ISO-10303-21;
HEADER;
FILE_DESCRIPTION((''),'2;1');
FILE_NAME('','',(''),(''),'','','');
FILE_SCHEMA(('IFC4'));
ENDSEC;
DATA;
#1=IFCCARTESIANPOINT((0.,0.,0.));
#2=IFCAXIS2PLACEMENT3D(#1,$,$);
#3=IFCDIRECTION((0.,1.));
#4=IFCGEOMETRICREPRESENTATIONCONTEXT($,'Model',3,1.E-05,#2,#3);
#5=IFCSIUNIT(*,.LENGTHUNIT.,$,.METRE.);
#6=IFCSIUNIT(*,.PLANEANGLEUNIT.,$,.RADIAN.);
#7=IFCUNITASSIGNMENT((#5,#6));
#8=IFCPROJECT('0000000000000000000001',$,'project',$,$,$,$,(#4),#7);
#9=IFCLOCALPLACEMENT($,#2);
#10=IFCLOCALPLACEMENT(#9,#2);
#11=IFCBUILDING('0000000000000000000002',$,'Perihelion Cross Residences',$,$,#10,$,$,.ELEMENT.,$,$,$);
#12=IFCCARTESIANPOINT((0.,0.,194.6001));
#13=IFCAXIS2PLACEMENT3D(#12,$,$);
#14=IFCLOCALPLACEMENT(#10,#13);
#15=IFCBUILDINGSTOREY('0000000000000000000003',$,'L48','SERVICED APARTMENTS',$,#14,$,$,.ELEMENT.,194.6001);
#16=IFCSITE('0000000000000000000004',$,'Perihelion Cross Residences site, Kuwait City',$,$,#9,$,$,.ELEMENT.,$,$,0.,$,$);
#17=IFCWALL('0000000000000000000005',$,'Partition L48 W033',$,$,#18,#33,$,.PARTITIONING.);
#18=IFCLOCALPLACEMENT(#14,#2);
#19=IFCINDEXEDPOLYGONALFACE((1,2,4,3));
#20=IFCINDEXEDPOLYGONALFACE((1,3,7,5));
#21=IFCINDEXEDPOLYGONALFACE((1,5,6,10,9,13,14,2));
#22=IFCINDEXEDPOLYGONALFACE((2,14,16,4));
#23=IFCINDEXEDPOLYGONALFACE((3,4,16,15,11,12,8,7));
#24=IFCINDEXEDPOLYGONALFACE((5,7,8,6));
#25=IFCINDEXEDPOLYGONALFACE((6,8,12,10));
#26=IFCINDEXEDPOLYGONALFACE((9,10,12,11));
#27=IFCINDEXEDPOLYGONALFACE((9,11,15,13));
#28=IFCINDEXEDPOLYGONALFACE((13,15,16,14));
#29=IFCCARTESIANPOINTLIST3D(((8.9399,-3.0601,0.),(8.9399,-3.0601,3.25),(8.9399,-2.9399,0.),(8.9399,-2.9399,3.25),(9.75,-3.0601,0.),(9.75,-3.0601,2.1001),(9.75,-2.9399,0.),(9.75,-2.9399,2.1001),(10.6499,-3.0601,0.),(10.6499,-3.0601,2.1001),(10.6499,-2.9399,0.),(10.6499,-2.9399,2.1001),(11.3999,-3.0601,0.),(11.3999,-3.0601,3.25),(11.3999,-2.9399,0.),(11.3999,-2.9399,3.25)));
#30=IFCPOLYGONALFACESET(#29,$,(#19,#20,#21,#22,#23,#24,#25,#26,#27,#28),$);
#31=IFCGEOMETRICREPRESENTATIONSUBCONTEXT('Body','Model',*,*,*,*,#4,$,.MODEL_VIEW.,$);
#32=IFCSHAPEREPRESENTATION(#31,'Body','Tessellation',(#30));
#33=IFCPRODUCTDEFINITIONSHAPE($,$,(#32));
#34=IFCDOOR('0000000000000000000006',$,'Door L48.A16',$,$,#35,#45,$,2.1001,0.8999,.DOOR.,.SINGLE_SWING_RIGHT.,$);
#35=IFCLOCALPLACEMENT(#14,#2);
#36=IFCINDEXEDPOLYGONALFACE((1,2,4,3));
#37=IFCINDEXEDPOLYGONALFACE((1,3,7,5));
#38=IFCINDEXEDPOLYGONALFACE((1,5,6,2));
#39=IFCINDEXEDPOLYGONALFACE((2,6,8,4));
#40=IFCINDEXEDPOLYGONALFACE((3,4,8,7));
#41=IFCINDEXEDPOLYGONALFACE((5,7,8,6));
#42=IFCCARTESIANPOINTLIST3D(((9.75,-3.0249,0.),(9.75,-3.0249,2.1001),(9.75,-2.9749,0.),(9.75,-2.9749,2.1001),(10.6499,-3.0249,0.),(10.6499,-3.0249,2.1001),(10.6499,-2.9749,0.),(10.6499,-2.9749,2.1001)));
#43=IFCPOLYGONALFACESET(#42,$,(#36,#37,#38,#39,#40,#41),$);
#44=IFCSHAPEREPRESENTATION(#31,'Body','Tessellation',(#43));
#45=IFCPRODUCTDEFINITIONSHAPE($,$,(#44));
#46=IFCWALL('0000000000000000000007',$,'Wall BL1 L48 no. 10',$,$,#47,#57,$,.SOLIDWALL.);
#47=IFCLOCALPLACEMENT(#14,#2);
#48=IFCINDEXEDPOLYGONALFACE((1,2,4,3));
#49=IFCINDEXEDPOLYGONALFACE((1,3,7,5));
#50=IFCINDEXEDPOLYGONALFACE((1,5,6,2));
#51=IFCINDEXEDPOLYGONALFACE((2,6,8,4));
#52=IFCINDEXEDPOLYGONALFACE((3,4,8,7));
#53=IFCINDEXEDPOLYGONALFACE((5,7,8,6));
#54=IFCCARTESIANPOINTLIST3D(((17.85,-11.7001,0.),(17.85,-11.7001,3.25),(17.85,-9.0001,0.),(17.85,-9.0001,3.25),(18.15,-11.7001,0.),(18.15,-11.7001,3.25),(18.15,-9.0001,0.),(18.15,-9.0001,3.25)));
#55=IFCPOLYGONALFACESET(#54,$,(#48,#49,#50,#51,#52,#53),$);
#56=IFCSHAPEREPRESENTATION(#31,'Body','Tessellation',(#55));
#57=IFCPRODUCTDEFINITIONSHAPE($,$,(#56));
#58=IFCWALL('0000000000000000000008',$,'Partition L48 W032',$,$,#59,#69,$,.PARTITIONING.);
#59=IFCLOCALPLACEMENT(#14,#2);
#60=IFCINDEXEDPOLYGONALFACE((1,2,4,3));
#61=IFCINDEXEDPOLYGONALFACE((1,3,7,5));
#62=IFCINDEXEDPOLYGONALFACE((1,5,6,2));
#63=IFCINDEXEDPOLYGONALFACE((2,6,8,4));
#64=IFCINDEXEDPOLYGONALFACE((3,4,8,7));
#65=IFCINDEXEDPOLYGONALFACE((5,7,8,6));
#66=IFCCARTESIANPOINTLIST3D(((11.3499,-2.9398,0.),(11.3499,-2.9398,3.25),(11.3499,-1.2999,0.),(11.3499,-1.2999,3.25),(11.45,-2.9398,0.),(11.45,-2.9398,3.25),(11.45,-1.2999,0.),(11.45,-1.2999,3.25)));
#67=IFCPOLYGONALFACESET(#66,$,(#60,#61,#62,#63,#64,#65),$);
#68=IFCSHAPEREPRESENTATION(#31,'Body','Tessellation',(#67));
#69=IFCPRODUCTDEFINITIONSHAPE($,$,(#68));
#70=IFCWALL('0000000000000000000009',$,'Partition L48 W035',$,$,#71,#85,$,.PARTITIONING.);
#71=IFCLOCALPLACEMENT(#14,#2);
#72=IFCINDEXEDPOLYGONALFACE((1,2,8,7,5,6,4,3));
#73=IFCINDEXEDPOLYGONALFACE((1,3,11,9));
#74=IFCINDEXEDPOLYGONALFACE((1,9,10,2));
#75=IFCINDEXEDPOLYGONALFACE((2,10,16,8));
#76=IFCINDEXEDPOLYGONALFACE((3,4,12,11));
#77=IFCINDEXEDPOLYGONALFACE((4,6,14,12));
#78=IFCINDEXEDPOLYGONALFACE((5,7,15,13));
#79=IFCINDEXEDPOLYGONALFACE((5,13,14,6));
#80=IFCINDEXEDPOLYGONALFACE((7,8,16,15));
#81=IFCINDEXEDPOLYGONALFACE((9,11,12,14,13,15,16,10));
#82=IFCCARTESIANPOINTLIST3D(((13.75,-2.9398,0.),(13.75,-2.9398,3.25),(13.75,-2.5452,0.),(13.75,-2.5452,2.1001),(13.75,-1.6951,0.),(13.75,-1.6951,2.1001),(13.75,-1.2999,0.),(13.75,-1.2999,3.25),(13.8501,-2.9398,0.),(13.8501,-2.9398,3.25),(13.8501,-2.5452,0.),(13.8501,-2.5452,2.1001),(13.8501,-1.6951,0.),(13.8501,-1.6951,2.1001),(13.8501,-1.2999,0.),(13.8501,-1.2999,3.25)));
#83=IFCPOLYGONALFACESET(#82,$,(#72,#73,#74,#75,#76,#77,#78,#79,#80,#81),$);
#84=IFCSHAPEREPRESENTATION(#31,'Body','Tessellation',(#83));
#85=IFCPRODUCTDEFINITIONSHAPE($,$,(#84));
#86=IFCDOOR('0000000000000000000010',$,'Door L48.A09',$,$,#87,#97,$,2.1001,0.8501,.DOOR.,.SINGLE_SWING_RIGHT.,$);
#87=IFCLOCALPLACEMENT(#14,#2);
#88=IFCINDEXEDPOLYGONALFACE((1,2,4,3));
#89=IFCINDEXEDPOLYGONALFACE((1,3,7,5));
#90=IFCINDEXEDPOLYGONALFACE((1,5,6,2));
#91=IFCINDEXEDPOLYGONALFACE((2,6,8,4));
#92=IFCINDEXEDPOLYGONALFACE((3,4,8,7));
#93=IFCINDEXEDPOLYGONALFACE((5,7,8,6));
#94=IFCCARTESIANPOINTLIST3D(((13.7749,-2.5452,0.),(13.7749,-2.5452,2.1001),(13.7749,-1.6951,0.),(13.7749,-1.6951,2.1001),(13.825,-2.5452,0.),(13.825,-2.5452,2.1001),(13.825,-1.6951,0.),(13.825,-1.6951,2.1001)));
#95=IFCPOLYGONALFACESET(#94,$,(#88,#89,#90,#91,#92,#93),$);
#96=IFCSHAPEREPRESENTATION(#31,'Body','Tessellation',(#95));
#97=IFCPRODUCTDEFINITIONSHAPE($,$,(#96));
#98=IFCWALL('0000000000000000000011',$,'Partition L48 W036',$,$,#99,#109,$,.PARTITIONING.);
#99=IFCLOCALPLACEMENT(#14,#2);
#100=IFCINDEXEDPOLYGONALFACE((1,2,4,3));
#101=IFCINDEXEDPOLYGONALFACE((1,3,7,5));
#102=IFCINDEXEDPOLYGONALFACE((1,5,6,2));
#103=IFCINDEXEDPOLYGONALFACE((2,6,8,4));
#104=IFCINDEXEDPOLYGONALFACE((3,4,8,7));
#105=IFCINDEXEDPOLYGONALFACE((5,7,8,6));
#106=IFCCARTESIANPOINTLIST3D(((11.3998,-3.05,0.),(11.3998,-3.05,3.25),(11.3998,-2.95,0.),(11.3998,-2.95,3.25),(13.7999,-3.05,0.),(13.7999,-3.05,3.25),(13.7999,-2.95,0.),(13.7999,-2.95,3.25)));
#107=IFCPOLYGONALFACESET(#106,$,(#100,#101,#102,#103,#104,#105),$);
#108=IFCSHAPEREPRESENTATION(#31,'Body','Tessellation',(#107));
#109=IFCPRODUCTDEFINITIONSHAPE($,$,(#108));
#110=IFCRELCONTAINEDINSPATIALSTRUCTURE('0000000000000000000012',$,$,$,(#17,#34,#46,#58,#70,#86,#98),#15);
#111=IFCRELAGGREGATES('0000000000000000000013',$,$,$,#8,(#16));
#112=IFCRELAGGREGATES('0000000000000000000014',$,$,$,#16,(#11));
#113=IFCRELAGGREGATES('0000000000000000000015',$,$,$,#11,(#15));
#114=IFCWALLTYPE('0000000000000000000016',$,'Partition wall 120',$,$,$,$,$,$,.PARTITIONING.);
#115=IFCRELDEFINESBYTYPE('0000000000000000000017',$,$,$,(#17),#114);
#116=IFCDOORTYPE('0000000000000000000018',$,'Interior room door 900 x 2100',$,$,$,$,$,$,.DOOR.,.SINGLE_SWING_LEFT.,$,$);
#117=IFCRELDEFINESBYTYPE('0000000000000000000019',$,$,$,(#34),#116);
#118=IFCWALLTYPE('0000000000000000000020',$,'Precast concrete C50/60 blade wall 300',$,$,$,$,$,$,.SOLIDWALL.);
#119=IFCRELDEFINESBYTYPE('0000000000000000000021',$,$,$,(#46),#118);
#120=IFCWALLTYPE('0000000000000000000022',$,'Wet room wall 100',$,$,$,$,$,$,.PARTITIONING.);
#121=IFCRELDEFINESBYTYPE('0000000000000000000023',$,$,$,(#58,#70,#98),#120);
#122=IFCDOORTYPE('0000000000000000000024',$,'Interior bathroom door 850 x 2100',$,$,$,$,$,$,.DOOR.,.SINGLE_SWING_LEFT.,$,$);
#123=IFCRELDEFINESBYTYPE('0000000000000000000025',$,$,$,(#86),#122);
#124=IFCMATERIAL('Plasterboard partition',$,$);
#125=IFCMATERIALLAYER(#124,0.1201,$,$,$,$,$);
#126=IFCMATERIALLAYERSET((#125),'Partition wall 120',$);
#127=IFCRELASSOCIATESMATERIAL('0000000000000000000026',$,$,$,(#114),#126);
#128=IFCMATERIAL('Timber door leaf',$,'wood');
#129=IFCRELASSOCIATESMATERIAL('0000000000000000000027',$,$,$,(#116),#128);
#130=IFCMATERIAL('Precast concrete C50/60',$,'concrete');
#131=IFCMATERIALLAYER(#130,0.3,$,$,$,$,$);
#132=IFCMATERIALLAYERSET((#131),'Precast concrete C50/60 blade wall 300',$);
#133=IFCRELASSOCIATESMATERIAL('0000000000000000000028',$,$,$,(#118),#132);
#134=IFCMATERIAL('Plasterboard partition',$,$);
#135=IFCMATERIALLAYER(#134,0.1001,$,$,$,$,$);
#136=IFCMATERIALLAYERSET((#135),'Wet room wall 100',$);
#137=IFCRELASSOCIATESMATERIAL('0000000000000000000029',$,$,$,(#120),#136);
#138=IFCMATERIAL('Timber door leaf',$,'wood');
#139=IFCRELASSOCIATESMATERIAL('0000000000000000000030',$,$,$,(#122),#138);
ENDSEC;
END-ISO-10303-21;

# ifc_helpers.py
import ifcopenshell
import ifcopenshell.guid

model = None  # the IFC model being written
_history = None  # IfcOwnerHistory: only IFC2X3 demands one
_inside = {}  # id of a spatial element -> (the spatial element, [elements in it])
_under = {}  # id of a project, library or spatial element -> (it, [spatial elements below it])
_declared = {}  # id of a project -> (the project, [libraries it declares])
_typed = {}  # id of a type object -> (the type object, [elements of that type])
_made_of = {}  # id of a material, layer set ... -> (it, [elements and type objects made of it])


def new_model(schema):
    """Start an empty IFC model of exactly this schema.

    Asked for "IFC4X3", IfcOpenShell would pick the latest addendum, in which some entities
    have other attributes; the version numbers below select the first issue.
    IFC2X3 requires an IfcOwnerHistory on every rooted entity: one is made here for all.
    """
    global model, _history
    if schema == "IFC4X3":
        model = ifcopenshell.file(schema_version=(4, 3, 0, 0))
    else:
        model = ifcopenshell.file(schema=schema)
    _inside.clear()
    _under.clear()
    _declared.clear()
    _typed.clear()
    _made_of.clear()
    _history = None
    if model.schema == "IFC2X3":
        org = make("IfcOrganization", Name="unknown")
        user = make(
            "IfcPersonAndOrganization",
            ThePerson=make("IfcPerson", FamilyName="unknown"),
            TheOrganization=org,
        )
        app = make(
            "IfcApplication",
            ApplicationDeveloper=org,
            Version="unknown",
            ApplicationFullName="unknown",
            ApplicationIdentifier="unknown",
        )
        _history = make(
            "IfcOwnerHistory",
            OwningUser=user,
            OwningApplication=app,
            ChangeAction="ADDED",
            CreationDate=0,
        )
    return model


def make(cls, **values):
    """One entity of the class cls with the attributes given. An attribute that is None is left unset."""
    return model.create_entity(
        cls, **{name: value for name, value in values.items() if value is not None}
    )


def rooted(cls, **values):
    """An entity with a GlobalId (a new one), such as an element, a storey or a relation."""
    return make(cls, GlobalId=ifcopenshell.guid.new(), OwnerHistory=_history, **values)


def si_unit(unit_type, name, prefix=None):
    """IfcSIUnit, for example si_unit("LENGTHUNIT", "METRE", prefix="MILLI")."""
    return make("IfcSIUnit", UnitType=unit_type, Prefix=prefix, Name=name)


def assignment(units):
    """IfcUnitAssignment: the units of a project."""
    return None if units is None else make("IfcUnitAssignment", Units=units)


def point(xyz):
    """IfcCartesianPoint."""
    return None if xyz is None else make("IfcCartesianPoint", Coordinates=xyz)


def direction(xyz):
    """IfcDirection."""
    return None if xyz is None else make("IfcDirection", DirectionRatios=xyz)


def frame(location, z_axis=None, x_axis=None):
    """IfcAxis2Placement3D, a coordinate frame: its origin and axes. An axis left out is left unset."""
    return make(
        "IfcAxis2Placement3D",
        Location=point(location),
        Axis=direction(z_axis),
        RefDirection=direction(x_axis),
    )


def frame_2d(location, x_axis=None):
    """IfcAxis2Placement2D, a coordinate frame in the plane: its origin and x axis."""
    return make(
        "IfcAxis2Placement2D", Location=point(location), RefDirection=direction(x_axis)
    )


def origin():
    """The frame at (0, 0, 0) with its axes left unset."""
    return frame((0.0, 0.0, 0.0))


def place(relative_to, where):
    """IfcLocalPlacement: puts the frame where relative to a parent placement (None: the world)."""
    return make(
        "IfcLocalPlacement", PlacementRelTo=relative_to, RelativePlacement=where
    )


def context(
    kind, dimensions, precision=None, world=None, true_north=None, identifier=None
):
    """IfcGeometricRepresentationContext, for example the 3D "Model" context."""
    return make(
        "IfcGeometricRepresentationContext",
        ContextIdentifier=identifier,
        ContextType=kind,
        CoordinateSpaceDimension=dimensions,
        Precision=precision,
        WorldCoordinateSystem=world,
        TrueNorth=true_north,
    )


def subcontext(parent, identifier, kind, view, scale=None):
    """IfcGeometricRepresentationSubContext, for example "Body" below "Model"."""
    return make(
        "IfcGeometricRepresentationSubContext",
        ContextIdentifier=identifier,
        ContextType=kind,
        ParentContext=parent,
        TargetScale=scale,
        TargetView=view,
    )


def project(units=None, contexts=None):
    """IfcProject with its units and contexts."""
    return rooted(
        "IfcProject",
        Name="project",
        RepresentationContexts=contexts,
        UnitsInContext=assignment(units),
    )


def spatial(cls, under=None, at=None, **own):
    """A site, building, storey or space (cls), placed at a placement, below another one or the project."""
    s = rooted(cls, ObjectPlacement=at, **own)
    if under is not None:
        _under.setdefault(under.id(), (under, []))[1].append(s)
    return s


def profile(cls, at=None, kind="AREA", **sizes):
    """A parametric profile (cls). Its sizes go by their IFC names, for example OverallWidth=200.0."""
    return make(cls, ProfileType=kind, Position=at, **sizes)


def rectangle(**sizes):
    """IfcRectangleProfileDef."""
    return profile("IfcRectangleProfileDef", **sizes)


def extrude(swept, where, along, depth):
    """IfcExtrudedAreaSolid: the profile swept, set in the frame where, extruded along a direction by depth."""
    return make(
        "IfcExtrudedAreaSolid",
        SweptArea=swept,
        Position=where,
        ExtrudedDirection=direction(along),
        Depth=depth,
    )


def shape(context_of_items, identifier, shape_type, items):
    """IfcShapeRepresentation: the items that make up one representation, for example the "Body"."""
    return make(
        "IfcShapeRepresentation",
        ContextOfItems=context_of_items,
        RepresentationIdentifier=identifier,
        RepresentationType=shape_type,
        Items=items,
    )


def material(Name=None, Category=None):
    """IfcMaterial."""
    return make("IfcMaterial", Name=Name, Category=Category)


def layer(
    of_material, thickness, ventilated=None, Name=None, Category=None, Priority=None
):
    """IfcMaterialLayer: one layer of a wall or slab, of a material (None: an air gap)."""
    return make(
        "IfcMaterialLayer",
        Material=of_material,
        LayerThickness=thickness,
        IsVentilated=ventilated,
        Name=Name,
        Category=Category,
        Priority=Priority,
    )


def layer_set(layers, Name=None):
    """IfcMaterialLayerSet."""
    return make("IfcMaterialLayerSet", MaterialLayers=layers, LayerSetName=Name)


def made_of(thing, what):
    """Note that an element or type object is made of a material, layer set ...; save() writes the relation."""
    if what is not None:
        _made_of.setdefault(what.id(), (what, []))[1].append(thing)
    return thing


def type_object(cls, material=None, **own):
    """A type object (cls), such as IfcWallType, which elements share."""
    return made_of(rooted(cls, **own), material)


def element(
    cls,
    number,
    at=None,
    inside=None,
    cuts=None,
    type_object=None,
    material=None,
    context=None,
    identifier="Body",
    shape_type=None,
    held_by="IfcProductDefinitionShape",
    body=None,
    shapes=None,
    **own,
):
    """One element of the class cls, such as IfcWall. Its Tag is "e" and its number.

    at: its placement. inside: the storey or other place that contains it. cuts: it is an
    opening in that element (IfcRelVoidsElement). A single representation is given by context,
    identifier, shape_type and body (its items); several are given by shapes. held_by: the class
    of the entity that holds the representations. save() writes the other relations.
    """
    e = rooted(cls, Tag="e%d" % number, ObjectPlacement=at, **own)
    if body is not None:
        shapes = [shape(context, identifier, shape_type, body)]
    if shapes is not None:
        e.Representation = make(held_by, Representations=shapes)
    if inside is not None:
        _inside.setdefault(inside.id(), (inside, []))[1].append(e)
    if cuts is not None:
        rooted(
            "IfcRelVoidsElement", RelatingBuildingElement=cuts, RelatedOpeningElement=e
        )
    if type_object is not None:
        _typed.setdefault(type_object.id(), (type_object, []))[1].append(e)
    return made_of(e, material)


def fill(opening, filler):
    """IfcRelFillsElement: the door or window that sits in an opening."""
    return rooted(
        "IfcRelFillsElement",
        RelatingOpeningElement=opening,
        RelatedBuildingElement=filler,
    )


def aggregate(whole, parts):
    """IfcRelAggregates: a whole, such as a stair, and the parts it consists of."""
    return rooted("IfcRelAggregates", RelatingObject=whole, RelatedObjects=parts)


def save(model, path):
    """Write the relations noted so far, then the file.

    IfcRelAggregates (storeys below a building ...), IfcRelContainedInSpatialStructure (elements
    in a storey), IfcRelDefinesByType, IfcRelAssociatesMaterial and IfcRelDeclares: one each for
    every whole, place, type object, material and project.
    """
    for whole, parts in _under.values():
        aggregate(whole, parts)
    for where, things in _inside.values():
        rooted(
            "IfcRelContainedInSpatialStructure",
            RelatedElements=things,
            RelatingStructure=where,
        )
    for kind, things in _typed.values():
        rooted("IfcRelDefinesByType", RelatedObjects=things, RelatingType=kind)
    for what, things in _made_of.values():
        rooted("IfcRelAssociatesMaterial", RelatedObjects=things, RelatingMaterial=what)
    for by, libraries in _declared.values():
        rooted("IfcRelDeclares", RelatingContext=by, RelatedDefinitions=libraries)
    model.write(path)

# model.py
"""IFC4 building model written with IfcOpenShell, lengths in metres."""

from ifc_helpers import new_model, si_unit, direction, frame, frame_2d, origin, place, context, subcontext, project, spatial, rectangle, extrude, material, layer, layer_set, type_object, element, fill, save


model = new_model("IFC4")

# Units and contexts
model_context = context("Model", 3, precision=1e-05, world=origin(), true_north=direction((0.0, 1.0)))
body_context = subcontext(model_context, "Body", "Model", "MODEL_VIEW")
ifc_project = project(units=[si_unit("LENGTHUNIT", "METRE"), si_unit("PLANEANGLEUNIT", "RADIAN")], contexts=[model_context])

# Site, building, storey
site_placement = place(None, origin())
site = spatial("IfcSite", under=ifc_project, at=site_placement, Name="Perihelion Cross Residences site, Kuwait City", CompositionType="ELEMENT", RefElevation=0.0)
building_placement = place(site_placement, origin())
building = spatial("IfcBuilding", under=site, at=building_placement, Name="Perihelion Cross Residences", CompositionType="ELEMENT")
storey_placement = place(building_placement, frame((0.0, 0.0, 194.6001)))
storey = spatial("IfcBuildingStorey", under=building, at=storey_placement, Name="L48", Description="SERVICED APARTMENTS", CompositionType="ELEMENT", Elevation=194.6001)

# Wall, opening, door
ifc_material_1 = material(Name="Plasterboard partition")
ifc_layer_1 = layer(ifc_material_1, 0.1201)
ifc_layer_set_1 = layer_set([ifc_layer_1], Name="Partition wall 120")
wall_type_1 = type_object("IfcWallType", Name="Partition wall 120", PredefinedType="PARTITIONING", material=ifc_layer_set_1)
wall_1_placement = place(storey_placement, frame((11.3999, -3.0, 0.0), z_axis=(0.0, 0.0, 1.0), x_axis=(-1.0, 0.0, 0.0)))
wall_1 = element("IfcWall", 1, at=wall_1_placement, inside=storey, type_object=wall_type_1, Name="Partition L48 W033", PredefinedType="PARTITIONING", context=body_context, shape_type="SweptSolid", body=[
    extrude(rectangle(XDim=2.46, YDim=0.1201, at=frame_2d((1.23, 0.0))), origin(), (0.0, 0.0, 1.0), 3.25),
])
opening_1_placement = place(wall_1_placement, frame((0.75, 0.0, 0.0)))
opening_1 = element("IfcOpeningElement", 2, at=opening_1_placement, cuts=wall_1, PredefinedType="OPENING", context=body_context, shape_type="SweptSolid", body=[
    extrude(rectangle(XDim=0.8999, YDim=2.1001, at=frame_2d((0.45, 1.05))), frame((0.0, 0.0701, 0.0), z_axis=(0.0, -1.0, 0.0), x_axis=(1.0, 0.0, 0.0)), (0.0, 0.0, 1.0), 0.1401),
])
ifc_material_2 = material(Name="Timber door leaf", Category="wood")
door_type_1 = type_object("IfcDoorType", Name="Interior room door 900 x 2100", OperationType="SINGLE_SWING_LEFT", PredefinedType="DOOR", material=ifc_material_2)
door_1_placement = place(opening_1_placement, origin())
door_1 = element("IfcDoor", 3, at=door_1_placement, inside=storey, type_object=door_type_1, Name="Door L48.A16", OperationType="SINGLE_SWING_RIGHT", OverallHeight=2.1001, OverallWidth=0.8999, PredefinedType="DOOR", context=body_context, shape_type="SweptSolid", body=[
    extrude(rectangle(XDim=0.8999, YDim=2.1001, at=frame_2d((0.45, 1.05))), frame((0.0, 0.0249, 0.0), z_axis=(0.0, -1.0, 0.0), x_axis=(1.0, 0.0, 0.0)), (0.0, 0.0, 1.0), 0.05),
])
fill(opening_1, door_1)

# Walls
ifc_material_3 = material(Name="Precast concrete C50/60", Category="concrete")
ifc_layer_2 = layer(ifc_material_3, 0.3)
ifc_layer_set_2 = layer_set([ifc_layer_2], Name="Precast concrete C50/60 blade wall 300")
wall_type_2 = type_object("IfcWallType", Name="Precast concrete C50/60 blade wall 300", PredefinedType="SOLIDWALL", material=ifc_layer_set_2)
wall_2_placement = place(storey_placement, frame((18.0, -9.0, 0.0), z_axis=(0.0, 0.0, 1.0), x_axis=(0.0, -1.0, 0.0)))
element("IfcWall", 4, at=wall_2_placement, inside=storey, type_object=wall_type_2, Name="Wall BL1 L48 no. 10", PredefinedType="SOLIDWALL", context=body_context, shape_type="SweptSolid", body=[
    extrude(rectangle(XDim=2.7, YDim=0.3, at=frame_2d((1.3501, 0.0))), origin(), (0.0, 0.0, 1.0), 3.25),
])
ifc_material_4 = material(Name="Plasterboard partition")
ifc_layer_3 = layer(ifc_material_4, 0.1001)
ifc_layer_set_3 = layer_set([ifc_layer_3], Name="Wet room wall 100")
wall_type_3 = type_object("IfcWallType", Name="Wet room wall 100", PredefinedType="PARTITIONING", material=ifc_layer_set_3)
wall_3_placement = place(storey_placement, frame((11.3999, -1.3, 0.0), z_axis=(0.0, 0.0, 1.0), x_axis=(0.0, -1.0, 0.0)))
element("IfcWall", 5, at=wall_3_placement, inside=storey, type_object=wall_type_3, Name="Partition L48 W032", PredefinedType="PARTITIONING", context=body_context, shape_type="SweptSolid", body=[
    extrude(rectangle(XDim=1.6399, YDim=0.1001, at=frame_2d((0.8198, 0.0))), origin(), (0.0, 0.0, 1.0), 3.25),
])

# Wall, opening, door
wall_4_placement = place(storey_placement, frame((13.8, -1.3, 0.0), z_axis=(0.0, 0.0, 1.0), x_axis=(0.0, -1.0, 0.0)))
wall_4 = element("IfcWall", 6, at=wall_4_placement, inside=storey, type_object=wall_type_3, Name="Partition L48 W035", PredefinedType="PARTITIONING", context=body_context, shape_type="SweptSolid", body=[
    extrude(rectangle(XDim=1.6399, YDim=0.1001, at=frame_2d((0.8198, 0.0))), origin(), (0.0, 0.0, 1.0), 3.25),
])
opening_2_placement = place(wall_4_placement, frame((0.395, 0.0, 0.0)))
opening_2 = element("IfcOpeningElement", 7, at=opening_2_placement, cuts=wall_4, PredefinedType="OPENING", context=body_context, shape_type="SweptSolid", body=[
    extrude(rectangle(XDim=0.8501, YDim=2.1001, at=frame_2d((0.425, 1.05))), frame((0.0, 0.0601, 0.0), z_axis=(0.0, -1.0, 0.0), x_axis=(1.0, 0.0, 0.0)), (0.0, 0.0, 1.0), 0.1201),
])
ifc_material_5 = material(Name="Timber door leaf", Category="wood")
door_type_2 = type_object("IfcDoorType", Name="Interior bathroom door 850 x 2100", OperationType="SINGLE_SWING_LEFT", PredefinedType="DOOR", material=ifc_material_5)
door_2_placement = place(opening_2_placement, origin())
door_2 = element("IfcDoor", 8, at=door_2_placement, inside=storey, type_object=door_type_2, Name="Door L48.A09", OperationType="SINGLE_SWING_RIGHT", OverallHeight=2.1001, OverallWidth=0.8501, PredefinedType="DOOR", context=body_context, shape_type="SweptSolid", body=[
    extrude(rectangle(XDim=0.8501, YDim=2.1001, at=frame_2d((0.425, 1.05))), frame((0.0, 0.0249, 0.0), z_axis=(0.0, -1.0, 0.0), x_axis=(1.0, 0.0, 0.0)), (0.0, 0.0, 1.0), 0.05),
])
fill(opening_2, door_2)

# Wall
wall_5_placement = place(storey_placement, frame((13.8, -3.0, 0.0), z_axis=(0.0, 0.0, 1.0), x_axis=(-1.0, 0.0, 0.0)))
element("IfcWall", 9, at=wall_5_placement, inside=storey, type_object=wall_type_3, Name="Partition L48 W036", PredefinedType="PARTITIONING", context=body_context, shape_type="SweptSolid", body=[
    extrude(rectangle(XDim=2.4001, YDim=0.1001, at=frame_2d((1.2002, 0.0))), origin(), (0.0, 0.0, 1.0), 3.25),
])

save(model, "model.ifc")
